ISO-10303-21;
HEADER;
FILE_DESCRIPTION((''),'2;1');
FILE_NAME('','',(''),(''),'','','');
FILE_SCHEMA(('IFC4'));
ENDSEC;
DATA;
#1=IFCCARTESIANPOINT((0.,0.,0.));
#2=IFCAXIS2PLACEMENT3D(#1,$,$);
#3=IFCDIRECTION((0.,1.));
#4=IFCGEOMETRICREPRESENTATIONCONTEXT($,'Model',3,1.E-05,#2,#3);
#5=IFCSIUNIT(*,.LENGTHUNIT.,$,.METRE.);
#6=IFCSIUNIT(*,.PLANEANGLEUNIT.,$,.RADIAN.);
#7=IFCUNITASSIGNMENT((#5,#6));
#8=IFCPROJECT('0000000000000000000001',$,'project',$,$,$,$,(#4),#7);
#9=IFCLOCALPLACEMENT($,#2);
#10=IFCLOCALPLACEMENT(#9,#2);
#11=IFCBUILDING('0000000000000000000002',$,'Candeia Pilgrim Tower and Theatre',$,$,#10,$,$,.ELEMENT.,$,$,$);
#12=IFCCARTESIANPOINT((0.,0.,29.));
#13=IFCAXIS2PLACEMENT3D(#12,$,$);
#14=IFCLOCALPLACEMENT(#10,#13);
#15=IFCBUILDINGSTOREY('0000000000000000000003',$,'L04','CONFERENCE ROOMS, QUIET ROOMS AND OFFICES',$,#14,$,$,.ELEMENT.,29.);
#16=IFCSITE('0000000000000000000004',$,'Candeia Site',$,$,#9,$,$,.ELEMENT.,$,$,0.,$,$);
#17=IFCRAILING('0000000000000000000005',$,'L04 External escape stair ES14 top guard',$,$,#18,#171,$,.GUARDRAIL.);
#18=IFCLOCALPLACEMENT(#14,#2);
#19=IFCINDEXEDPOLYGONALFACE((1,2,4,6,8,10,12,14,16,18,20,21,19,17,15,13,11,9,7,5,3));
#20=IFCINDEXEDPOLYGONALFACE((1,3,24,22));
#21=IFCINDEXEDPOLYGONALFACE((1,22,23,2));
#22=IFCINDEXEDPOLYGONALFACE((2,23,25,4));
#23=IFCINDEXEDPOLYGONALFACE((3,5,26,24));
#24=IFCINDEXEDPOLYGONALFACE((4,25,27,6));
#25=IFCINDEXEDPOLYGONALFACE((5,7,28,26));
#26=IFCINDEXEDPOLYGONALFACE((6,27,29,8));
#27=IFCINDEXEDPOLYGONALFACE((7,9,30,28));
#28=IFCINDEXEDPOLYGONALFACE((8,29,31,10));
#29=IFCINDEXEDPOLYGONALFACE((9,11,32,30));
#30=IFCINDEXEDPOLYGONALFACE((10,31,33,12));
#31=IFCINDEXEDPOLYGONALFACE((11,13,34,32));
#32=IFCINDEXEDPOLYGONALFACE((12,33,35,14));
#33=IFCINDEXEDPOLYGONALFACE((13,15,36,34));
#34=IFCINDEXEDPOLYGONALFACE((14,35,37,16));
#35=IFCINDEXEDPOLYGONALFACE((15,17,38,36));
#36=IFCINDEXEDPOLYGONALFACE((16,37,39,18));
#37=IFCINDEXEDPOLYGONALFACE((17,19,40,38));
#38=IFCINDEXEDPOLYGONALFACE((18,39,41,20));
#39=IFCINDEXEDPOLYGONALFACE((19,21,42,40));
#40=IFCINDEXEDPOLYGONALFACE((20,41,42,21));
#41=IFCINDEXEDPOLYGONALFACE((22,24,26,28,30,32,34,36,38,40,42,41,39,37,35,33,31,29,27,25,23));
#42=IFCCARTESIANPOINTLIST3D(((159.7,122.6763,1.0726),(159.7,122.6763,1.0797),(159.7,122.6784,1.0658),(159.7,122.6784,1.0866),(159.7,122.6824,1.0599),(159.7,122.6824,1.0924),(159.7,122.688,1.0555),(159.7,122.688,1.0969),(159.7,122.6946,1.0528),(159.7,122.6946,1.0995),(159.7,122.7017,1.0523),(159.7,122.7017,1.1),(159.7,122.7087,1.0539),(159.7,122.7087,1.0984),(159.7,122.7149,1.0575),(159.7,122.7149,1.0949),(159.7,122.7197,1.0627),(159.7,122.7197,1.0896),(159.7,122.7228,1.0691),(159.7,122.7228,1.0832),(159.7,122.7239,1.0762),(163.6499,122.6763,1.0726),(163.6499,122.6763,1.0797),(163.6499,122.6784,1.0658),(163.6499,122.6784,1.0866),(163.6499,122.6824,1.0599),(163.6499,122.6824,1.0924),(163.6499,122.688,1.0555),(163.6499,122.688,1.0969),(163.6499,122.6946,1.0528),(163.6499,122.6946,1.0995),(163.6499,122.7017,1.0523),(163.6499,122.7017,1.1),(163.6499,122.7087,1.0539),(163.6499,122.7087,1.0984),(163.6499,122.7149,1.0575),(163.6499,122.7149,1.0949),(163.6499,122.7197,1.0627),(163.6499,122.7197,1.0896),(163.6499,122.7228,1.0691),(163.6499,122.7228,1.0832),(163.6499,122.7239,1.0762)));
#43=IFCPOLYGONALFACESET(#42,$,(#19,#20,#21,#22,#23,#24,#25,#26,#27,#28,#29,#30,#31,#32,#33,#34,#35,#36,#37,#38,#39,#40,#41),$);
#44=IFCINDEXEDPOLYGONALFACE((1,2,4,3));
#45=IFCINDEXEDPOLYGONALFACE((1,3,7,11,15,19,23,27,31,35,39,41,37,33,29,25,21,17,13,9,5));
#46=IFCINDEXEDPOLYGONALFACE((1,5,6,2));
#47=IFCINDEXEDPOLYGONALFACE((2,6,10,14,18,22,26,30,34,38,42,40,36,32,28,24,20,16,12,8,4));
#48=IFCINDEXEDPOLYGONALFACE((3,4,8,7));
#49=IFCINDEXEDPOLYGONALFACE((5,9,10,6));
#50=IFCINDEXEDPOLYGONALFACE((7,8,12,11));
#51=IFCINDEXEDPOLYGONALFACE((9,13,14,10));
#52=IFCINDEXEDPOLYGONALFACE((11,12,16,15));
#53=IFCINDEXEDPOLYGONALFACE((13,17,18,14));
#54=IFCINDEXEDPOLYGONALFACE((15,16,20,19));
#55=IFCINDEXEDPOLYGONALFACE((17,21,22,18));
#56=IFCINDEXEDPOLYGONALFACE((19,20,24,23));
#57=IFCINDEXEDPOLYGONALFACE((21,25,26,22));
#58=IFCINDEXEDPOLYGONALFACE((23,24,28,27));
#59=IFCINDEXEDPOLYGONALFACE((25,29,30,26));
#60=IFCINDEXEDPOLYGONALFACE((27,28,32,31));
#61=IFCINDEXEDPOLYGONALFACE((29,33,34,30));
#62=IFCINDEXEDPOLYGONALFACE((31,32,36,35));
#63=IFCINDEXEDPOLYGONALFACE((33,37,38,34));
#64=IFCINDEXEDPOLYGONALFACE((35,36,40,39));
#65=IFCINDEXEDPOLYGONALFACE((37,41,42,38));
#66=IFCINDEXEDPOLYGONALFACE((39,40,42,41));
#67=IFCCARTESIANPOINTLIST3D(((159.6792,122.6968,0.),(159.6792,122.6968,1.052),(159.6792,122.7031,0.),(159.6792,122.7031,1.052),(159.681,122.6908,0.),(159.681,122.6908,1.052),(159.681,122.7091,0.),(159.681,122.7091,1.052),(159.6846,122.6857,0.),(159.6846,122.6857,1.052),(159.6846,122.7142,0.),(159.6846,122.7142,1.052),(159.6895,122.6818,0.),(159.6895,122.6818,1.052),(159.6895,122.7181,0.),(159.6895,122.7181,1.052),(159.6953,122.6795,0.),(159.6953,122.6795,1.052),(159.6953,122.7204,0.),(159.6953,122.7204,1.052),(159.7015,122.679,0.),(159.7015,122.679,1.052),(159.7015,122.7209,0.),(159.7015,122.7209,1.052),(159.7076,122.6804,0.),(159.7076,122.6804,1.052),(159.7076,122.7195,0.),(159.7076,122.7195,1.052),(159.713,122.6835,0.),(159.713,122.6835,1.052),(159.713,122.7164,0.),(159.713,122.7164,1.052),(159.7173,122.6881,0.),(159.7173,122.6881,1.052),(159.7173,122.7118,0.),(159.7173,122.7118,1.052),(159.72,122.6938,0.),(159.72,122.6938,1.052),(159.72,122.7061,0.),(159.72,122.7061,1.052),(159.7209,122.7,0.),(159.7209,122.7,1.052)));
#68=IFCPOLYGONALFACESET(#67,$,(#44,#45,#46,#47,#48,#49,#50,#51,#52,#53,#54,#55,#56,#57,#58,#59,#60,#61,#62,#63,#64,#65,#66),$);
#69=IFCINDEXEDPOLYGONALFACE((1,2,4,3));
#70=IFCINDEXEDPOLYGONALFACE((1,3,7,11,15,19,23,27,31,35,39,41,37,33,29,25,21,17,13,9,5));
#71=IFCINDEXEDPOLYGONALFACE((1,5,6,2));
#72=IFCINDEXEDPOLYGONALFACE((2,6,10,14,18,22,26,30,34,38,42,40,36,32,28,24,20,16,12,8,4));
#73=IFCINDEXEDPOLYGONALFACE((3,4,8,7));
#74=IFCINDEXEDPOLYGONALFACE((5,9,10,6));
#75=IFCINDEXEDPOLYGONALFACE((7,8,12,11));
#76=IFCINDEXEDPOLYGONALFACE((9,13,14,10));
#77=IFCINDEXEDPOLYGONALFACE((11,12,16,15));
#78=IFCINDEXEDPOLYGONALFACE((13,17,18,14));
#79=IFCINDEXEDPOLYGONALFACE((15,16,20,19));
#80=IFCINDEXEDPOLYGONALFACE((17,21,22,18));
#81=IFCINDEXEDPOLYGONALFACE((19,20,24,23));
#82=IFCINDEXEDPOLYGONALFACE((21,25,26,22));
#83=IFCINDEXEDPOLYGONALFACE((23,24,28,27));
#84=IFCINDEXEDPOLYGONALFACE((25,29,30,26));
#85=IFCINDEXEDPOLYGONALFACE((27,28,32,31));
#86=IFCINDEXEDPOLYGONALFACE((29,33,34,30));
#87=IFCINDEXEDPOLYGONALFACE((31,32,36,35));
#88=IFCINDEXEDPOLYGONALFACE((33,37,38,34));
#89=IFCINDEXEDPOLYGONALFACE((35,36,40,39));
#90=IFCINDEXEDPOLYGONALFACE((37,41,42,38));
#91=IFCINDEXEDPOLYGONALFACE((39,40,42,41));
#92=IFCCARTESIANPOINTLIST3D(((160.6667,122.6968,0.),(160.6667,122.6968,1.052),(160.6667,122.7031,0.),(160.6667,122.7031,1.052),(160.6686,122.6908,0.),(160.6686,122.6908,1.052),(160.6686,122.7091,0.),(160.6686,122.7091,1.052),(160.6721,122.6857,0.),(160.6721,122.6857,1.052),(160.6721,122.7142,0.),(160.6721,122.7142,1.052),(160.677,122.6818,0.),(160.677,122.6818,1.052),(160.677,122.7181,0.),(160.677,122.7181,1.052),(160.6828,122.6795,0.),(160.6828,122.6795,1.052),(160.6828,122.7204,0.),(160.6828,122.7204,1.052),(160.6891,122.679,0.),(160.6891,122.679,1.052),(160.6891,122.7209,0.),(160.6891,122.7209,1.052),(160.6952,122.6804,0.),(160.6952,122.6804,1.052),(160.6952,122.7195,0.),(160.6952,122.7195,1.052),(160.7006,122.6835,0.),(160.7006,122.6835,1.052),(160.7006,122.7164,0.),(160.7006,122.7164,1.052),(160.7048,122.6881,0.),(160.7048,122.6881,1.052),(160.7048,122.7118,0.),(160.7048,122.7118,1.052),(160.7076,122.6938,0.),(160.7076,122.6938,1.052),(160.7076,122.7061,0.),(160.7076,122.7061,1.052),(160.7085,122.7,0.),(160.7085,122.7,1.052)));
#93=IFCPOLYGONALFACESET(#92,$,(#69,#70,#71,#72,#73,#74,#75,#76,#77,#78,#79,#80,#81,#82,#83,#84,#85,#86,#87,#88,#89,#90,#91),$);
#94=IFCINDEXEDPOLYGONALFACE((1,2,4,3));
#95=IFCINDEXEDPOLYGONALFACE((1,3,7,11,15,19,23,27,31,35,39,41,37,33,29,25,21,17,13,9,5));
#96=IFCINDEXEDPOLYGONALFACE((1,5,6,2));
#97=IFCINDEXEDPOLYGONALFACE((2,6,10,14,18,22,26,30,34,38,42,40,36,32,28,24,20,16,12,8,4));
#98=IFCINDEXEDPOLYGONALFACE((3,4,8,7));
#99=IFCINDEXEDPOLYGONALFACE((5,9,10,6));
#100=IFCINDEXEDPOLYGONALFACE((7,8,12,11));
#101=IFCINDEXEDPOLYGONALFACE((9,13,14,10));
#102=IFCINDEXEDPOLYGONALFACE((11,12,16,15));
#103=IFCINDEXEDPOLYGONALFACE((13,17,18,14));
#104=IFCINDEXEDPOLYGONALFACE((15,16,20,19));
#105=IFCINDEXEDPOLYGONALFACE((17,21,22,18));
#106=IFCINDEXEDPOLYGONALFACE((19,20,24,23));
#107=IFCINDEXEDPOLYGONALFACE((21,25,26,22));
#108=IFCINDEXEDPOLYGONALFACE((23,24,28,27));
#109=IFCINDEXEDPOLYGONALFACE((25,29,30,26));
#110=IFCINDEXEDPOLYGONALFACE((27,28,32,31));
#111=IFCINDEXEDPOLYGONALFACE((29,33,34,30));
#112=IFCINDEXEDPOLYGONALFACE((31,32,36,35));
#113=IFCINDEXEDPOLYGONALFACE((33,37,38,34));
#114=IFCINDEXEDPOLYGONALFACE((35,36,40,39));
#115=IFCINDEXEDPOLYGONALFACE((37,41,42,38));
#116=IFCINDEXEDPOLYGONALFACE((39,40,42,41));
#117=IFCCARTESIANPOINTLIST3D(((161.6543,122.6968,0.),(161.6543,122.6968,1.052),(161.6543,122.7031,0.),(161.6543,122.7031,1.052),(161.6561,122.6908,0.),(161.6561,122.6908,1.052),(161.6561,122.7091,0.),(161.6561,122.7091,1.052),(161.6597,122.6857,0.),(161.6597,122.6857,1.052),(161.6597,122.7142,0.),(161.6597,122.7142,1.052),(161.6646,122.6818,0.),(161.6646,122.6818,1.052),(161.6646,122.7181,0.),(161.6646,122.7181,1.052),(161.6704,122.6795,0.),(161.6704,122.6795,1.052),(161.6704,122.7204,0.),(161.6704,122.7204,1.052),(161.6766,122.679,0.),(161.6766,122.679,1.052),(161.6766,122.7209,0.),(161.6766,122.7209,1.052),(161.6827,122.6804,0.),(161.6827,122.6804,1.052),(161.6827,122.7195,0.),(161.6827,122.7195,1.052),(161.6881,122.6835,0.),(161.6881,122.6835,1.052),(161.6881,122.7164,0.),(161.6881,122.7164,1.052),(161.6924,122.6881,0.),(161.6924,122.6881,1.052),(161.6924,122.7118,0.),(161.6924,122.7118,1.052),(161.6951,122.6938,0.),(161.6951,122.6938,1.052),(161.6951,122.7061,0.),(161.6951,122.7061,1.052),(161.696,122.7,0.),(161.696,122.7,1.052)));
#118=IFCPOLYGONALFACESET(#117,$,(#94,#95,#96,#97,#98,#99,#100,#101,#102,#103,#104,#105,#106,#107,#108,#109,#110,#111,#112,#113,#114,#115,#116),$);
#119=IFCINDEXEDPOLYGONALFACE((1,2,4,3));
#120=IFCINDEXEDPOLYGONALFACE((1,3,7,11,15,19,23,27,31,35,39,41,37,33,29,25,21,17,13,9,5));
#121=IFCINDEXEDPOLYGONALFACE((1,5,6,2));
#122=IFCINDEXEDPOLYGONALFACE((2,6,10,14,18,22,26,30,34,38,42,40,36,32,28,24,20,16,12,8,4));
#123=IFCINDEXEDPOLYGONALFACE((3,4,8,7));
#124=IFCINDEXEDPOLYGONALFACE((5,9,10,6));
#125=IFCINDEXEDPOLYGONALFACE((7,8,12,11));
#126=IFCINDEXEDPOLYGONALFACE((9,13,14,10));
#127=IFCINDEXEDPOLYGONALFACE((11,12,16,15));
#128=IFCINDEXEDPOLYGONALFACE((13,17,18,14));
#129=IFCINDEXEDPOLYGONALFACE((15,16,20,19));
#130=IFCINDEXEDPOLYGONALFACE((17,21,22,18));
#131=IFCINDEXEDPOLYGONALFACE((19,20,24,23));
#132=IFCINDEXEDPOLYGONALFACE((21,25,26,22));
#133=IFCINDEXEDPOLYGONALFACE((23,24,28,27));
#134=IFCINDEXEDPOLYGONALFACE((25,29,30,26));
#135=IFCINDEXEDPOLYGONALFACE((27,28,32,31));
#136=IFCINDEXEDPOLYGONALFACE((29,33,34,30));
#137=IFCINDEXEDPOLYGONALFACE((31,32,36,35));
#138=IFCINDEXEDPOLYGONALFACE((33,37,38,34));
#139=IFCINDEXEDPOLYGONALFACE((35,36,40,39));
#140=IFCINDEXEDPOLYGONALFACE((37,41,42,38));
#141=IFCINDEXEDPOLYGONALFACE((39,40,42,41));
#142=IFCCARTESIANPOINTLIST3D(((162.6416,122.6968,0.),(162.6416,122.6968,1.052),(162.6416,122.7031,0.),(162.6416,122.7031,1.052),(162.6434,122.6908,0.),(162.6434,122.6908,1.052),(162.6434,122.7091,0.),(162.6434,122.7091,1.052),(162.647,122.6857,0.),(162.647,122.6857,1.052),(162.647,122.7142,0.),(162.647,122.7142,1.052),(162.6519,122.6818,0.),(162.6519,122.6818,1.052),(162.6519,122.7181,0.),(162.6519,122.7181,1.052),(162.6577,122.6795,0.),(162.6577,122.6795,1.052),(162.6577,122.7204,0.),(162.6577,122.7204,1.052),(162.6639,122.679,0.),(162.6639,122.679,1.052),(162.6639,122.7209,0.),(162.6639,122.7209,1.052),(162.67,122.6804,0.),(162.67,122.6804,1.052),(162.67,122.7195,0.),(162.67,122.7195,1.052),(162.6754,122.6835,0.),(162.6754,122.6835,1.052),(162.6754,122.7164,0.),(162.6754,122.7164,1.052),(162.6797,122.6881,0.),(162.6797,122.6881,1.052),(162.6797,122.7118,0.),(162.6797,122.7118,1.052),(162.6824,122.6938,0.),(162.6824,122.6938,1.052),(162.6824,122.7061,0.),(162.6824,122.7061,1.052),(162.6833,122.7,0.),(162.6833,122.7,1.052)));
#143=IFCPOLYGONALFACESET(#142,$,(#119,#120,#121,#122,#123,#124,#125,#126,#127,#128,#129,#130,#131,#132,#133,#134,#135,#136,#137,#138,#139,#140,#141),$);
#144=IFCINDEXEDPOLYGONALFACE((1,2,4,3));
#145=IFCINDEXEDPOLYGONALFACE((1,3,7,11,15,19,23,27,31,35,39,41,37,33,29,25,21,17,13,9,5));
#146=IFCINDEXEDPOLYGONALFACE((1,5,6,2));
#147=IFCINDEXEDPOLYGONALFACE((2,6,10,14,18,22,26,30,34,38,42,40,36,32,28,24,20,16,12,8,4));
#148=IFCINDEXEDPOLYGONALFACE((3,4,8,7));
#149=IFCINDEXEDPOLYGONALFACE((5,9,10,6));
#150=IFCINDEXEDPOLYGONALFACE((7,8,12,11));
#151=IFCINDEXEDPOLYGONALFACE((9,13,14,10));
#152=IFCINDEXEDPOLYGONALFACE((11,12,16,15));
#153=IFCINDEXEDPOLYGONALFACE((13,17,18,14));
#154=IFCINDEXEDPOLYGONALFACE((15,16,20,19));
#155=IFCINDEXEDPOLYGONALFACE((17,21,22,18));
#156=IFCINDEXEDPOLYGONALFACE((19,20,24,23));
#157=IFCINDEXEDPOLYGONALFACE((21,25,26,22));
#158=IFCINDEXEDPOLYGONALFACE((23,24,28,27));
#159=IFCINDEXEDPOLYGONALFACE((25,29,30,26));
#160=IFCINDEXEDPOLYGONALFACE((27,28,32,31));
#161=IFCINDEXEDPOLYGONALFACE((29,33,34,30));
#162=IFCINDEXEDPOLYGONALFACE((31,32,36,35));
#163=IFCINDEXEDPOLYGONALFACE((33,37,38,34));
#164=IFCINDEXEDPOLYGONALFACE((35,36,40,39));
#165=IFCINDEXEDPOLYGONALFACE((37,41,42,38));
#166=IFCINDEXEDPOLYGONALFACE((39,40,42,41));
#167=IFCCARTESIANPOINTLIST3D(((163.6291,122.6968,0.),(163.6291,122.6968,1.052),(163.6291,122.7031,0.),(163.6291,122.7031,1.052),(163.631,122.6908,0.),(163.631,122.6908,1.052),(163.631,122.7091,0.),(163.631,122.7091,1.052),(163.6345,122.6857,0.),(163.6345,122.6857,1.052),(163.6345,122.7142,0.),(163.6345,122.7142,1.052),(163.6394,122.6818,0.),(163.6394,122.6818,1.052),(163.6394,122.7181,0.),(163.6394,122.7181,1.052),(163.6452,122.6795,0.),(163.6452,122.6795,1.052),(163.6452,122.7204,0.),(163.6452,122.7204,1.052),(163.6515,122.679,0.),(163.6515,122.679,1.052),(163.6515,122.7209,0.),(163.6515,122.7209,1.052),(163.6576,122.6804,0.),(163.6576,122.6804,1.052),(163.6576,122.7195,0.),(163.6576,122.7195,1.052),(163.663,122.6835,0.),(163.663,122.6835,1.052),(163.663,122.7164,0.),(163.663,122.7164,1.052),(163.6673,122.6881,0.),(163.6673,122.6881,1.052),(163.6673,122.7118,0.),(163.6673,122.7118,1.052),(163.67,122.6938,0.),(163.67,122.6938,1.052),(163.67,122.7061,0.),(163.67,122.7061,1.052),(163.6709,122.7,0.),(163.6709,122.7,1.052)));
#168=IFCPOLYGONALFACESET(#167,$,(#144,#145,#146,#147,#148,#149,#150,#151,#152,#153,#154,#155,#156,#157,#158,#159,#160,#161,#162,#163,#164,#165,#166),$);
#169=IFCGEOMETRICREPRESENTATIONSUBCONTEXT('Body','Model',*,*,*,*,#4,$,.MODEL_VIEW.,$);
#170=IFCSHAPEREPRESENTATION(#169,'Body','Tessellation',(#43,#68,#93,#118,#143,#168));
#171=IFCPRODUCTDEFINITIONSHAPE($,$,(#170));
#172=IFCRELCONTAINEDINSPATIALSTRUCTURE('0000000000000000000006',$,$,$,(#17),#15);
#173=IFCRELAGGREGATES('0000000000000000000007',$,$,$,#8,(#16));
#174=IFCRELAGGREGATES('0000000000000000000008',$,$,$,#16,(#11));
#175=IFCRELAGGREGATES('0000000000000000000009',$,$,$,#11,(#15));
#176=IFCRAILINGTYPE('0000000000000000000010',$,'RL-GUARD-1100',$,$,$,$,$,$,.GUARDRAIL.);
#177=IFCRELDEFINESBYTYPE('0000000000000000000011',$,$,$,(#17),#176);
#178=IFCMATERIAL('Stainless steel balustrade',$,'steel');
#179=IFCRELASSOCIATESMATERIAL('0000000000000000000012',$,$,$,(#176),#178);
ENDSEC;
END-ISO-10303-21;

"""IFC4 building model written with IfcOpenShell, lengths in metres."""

from ifc_helpers import new_model, si_unit, direction, frame, origin, origin_2d, place, context, subcontext, project, spatial, circle, extrude, material, type_object, element, save


model = new_model("IFC4")

# Units and contexts
model_context = context("Model", 3, precision=1e-05, world=origin(), true_north=direction((0.0, 1.0)))
body_context = subcontext(model_context, "Body", "Model", "MODEL_VIEW")
ifc_project = project(units=[si_unit("LENGTHUNIT", "METRE"), si_unit("PLANEANGLEUNIT", "RADIAN")], contexts=[model_context])

# Site, building, storey
site_placement = place(None, origin())
site = spatial("IfcSite", under=ifc_project, at=site_placement, Name="Candeia Site", CompositionType="ELEMENT", RefElevation=0.0)
building_placement = place(site_placement, origin())
building = spatial("IfcBuilding", under=site, at=building_placement, Name="Candeia Pilgrim Tower and Theatre", CompositionType="ELEMENT")
storey_placement = place(building_placement, frame((0.0, 0.0, 29.0)))
storey = spatial("IfcBuildingStorey", under=building, at=storey_placement, Name="L04", Description="CONFERENCE ROOMS, QUIET ROOMS AND OFFICES", CompositionType="ELEMENT", Elevation=29.0)

# Railing
ifc_material_1 = material(Name="Stainless steel balustrade", Category="steel")
railing_type_1 = type_object("IfcRailingType", Name="RL-GUARD-1100", PredefinedType="GUARDRAIL", material=ifc_material_1)
railing_1_placement = place(storey_placement, frame((159.7, 122.7, 0.0)))
element("IfcRailing", 1, at=railing_1_placement, inside=storey, type_object=railing_type_1, Name="L04 External escape stair ES14 top guard", PredefinedType="GUARDRAIL", context=body_context, shape_type="SweptSolid", body=[
    extrude(circle(Radius=0.0239, at=origin_2d()), frame((0.0, 0.0, 1.0762), z_axis=(1.0, 0.0, 0.0), x_axis=(0.0, 1.0, 0.0)), (0.0, 0.0, 1.0), 3.95),
    extrude(circle(Radius=0.021, at=origin_2d()), origin(), (0.0, 0.0, 1.0), 1.052),
    extrude(circle(Radius=0.021, at=origin_2d()), frame((0.9875, 0.0, 0.0)), (0.0, 0.0, 1.0), 1.052),
    extrude(circle(Radius=0.021, at=origin_2d()), frame((1.9751, 0.0, 0.0)), (0.0, 0.0, 1.0), 1.052),
    extrude(circle(Radius=0.021, at=origin_2d()), frame((2.9624, 0.0, 0.0)), (0.0, 0.0, 1.0), 1.052),
    extrude(circle(Radius=0.021, at=origin_2d()), frame((3.95, 0.0, 0.0)), (0.0, 0.0, 1.0), 1.052),
])

save(model, "model.ifc")
